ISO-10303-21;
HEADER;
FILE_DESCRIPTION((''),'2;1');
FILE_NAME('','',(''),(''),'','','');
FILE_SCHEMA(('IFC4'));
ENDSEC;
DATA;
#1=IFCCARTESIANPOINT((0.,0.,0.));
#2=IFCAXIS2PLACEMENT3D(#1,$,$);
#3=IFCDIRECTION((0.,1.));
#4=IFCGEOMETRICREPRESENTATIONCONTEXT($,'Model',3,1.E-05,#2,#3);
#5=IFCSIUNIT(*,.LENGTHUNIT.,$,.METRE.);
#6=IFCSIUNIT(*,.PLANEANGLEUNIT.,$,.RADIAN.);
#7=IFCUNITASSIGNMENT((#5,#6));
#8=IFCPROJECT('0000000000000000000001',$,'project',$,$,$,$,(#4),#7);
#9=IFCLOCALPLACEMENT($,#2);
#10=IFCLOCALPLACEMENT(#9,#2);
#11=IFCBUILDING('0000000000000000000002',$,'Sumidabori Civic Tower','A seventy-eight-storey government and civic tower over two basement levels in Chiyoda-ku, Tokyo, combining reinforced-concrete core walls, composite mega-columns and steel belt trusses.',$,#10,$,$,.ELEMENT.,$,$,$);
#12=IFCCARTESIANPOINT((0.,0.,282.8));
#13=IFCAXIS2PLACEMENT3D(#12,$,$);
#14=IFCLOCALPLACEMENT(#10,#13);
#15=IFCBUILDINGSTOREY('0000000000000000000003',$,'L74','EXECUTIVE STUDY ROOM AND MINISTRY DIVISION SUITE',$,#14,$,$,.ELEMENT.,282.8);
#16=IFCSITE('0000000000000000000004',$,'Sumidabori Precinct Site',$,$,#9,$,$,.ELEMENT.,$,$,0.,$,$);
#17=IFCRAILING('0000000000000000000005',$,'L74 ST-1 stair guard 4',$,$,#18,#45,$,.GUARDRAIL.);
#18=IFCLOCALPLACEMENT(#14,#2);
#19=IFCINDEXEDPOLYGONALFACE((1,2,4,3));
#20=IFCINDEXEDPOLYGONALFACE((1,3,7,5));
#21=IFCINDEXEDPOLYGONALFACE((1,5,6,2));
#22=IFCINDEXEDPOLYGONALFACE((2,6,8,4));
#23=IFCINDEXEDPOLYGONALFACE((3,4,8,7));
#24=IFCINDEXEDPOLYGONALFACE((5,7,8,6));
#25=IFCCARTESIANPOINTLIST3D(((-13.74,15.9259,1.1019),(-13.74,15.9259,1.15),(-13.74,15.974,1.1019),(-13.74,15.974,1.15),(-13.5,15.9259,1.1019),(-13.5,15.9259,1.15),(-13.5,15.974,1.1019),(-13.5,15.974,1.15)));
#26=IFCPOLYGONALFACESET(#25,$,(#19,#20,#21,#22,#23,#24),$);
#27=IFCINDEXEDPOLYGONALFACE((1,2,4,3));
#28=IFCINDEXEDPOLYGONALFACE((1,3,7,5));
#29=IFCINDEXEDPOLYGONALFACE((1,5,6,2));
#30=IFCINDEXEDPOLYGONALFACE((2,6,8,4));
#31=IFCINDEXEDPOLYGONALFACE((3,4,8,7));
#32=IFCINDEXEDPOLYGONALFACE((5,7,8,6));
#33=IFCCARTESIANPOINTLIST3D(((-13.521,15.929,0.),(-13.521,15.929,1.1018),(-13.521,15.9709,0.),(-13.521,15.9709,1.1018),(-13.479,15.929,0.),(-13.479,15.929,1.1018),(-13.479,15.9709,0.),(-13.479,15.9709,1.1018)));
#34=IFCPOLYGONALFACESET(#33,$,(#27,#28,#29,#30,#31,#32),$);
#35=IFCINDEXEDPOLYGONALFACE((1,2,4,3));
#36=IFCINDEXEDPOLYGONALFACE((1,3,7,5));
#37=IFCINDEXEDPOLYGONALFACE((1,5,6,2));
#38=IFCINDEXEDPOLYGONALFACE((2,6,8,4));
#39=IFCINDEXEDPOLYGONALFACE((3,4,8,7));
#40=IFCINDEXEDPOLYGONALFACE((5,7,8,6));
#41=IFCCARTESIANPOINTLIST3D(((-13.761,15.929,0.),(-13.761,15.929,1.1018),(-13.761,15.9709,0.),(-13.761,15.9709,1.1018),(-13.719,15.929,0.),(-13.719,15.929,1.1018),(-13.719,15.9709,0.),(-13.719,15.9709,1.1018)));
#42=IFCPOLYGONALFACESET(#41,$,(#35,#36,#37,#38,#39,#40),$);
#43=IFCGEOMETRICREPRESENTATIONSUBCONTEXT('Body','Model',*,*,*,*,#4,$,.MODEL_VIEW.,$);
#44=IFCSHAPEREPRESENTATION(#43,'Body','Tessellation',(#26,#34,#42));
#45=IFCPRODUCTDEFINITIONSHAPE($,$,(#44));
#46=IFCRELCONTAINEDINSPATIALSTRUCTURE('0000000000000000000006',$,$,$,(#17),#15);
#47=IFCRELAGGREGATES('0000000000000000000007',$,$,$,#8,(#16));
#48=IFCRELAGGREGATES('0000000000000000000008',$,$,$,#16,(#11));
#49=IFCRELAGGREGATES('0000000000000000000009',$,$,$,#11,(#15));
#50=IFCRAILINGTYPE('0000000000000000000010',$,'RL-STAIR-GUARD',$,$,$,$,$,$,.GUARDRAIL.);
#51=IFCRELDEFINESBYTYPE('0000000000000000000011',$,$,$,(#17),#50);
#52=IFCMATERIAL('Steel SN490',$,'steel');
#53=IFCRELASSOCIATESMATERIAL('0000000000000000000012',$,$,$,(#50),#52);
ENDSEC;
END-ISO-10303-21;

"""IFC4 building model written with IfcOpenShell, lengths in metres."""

from ifc_helpers import new_model, si_unit, direction, frame, origin, origin_2d, place, context, subcontext, project, spatial, rectangle, extrude, material, type_object, element, save


model = new_model("IFC4")

# Units and contexts
model_context = context("Model", 3, precision=1e-05, world=origin(), true_north=direction((0.0, 1.0)))
body_context = subcontext(model_context, "Body", "Model", "MODEL_VIEW")
ifc_project = project(units=[si_unit("LENGTHUNIT", "METRE"), si_unit("PLANEANGLEUNIT", "RADIAN")], contexts=[model_context])

# Site, building, storey
site_placement = place(None, origin())
site = spatial("IfcSite", under=ifc_project, at=site_placement, Name="Sumidabori Precinct Site", CompositionType="ELEMENT", RefElevation=0.0)
building_placement = place(site_placement, origin())
building = spatial("IfcBuilding", under=site, at=building_placement, Name="Sumidabori Civic Tower", Description="A seventy-eight-storey government and civic tower over two basement levels in Chiyoda-ku, Tokyo, combining reinforced-concrete core walls, composite mega-columns and steel belt trusses.", CompositionType="ELEMENT")
storey_placement = place(building_placement, frame((0.0, 0.0, 282.8)))
storey = spatial("IfcBuildingStorey", under=building, at=storey_placement, Name="L74", Description="EXECUTIVE STUDY ROOM AND MINISTRY DIVISION SUITE", CompositionType="ELEMENT", Elevation=282.8)

# Shared definitions
ifc_material_1 = material(Name="Steel SN490", Category="steel")

# Railing
railing_type_1 = type_object("IfcRailingType", Name="RL-STAIR-GUARD", PredefinedType="GUARDRAIL", material=ifc_material_1)
railing_1_placement = place(storey_placement, frame((-13.5, 15.95, 0.0)))
element("IfcRailing", 1, at=railing_1_placement, inside=storey, type_object=railing_type_1, Name="L74 ST-1 stair guard 4", PredefinedType="GUARDRAIL", context=body_context, shape_type="SweptSolid", body=[
    extrude(rectangle(XDim=0.0481, YDim=0.0481, at=origin_2d()), frame((0.0, 0.0, 1.126), z_axis=(-1.0, 0.0, 0.0), x_axis=(0.0, -1.0, 0.0)), (0.0, 0.0, 1.0), 0.24),
    extrude(rectangle(XDim=0.042, YDim=0.042, at=origin_2d()), origin(), (0.0, 0.0, 1.0), 1.1018),
    extrude(rectangle(XDim=0.042, YDim=0.042, at=origin_2d()), frame((-0.24, 0.0, 0.0)), (0.0, 0.0, 1.0), 1.1018),
])

save(model, "model.ifc")
